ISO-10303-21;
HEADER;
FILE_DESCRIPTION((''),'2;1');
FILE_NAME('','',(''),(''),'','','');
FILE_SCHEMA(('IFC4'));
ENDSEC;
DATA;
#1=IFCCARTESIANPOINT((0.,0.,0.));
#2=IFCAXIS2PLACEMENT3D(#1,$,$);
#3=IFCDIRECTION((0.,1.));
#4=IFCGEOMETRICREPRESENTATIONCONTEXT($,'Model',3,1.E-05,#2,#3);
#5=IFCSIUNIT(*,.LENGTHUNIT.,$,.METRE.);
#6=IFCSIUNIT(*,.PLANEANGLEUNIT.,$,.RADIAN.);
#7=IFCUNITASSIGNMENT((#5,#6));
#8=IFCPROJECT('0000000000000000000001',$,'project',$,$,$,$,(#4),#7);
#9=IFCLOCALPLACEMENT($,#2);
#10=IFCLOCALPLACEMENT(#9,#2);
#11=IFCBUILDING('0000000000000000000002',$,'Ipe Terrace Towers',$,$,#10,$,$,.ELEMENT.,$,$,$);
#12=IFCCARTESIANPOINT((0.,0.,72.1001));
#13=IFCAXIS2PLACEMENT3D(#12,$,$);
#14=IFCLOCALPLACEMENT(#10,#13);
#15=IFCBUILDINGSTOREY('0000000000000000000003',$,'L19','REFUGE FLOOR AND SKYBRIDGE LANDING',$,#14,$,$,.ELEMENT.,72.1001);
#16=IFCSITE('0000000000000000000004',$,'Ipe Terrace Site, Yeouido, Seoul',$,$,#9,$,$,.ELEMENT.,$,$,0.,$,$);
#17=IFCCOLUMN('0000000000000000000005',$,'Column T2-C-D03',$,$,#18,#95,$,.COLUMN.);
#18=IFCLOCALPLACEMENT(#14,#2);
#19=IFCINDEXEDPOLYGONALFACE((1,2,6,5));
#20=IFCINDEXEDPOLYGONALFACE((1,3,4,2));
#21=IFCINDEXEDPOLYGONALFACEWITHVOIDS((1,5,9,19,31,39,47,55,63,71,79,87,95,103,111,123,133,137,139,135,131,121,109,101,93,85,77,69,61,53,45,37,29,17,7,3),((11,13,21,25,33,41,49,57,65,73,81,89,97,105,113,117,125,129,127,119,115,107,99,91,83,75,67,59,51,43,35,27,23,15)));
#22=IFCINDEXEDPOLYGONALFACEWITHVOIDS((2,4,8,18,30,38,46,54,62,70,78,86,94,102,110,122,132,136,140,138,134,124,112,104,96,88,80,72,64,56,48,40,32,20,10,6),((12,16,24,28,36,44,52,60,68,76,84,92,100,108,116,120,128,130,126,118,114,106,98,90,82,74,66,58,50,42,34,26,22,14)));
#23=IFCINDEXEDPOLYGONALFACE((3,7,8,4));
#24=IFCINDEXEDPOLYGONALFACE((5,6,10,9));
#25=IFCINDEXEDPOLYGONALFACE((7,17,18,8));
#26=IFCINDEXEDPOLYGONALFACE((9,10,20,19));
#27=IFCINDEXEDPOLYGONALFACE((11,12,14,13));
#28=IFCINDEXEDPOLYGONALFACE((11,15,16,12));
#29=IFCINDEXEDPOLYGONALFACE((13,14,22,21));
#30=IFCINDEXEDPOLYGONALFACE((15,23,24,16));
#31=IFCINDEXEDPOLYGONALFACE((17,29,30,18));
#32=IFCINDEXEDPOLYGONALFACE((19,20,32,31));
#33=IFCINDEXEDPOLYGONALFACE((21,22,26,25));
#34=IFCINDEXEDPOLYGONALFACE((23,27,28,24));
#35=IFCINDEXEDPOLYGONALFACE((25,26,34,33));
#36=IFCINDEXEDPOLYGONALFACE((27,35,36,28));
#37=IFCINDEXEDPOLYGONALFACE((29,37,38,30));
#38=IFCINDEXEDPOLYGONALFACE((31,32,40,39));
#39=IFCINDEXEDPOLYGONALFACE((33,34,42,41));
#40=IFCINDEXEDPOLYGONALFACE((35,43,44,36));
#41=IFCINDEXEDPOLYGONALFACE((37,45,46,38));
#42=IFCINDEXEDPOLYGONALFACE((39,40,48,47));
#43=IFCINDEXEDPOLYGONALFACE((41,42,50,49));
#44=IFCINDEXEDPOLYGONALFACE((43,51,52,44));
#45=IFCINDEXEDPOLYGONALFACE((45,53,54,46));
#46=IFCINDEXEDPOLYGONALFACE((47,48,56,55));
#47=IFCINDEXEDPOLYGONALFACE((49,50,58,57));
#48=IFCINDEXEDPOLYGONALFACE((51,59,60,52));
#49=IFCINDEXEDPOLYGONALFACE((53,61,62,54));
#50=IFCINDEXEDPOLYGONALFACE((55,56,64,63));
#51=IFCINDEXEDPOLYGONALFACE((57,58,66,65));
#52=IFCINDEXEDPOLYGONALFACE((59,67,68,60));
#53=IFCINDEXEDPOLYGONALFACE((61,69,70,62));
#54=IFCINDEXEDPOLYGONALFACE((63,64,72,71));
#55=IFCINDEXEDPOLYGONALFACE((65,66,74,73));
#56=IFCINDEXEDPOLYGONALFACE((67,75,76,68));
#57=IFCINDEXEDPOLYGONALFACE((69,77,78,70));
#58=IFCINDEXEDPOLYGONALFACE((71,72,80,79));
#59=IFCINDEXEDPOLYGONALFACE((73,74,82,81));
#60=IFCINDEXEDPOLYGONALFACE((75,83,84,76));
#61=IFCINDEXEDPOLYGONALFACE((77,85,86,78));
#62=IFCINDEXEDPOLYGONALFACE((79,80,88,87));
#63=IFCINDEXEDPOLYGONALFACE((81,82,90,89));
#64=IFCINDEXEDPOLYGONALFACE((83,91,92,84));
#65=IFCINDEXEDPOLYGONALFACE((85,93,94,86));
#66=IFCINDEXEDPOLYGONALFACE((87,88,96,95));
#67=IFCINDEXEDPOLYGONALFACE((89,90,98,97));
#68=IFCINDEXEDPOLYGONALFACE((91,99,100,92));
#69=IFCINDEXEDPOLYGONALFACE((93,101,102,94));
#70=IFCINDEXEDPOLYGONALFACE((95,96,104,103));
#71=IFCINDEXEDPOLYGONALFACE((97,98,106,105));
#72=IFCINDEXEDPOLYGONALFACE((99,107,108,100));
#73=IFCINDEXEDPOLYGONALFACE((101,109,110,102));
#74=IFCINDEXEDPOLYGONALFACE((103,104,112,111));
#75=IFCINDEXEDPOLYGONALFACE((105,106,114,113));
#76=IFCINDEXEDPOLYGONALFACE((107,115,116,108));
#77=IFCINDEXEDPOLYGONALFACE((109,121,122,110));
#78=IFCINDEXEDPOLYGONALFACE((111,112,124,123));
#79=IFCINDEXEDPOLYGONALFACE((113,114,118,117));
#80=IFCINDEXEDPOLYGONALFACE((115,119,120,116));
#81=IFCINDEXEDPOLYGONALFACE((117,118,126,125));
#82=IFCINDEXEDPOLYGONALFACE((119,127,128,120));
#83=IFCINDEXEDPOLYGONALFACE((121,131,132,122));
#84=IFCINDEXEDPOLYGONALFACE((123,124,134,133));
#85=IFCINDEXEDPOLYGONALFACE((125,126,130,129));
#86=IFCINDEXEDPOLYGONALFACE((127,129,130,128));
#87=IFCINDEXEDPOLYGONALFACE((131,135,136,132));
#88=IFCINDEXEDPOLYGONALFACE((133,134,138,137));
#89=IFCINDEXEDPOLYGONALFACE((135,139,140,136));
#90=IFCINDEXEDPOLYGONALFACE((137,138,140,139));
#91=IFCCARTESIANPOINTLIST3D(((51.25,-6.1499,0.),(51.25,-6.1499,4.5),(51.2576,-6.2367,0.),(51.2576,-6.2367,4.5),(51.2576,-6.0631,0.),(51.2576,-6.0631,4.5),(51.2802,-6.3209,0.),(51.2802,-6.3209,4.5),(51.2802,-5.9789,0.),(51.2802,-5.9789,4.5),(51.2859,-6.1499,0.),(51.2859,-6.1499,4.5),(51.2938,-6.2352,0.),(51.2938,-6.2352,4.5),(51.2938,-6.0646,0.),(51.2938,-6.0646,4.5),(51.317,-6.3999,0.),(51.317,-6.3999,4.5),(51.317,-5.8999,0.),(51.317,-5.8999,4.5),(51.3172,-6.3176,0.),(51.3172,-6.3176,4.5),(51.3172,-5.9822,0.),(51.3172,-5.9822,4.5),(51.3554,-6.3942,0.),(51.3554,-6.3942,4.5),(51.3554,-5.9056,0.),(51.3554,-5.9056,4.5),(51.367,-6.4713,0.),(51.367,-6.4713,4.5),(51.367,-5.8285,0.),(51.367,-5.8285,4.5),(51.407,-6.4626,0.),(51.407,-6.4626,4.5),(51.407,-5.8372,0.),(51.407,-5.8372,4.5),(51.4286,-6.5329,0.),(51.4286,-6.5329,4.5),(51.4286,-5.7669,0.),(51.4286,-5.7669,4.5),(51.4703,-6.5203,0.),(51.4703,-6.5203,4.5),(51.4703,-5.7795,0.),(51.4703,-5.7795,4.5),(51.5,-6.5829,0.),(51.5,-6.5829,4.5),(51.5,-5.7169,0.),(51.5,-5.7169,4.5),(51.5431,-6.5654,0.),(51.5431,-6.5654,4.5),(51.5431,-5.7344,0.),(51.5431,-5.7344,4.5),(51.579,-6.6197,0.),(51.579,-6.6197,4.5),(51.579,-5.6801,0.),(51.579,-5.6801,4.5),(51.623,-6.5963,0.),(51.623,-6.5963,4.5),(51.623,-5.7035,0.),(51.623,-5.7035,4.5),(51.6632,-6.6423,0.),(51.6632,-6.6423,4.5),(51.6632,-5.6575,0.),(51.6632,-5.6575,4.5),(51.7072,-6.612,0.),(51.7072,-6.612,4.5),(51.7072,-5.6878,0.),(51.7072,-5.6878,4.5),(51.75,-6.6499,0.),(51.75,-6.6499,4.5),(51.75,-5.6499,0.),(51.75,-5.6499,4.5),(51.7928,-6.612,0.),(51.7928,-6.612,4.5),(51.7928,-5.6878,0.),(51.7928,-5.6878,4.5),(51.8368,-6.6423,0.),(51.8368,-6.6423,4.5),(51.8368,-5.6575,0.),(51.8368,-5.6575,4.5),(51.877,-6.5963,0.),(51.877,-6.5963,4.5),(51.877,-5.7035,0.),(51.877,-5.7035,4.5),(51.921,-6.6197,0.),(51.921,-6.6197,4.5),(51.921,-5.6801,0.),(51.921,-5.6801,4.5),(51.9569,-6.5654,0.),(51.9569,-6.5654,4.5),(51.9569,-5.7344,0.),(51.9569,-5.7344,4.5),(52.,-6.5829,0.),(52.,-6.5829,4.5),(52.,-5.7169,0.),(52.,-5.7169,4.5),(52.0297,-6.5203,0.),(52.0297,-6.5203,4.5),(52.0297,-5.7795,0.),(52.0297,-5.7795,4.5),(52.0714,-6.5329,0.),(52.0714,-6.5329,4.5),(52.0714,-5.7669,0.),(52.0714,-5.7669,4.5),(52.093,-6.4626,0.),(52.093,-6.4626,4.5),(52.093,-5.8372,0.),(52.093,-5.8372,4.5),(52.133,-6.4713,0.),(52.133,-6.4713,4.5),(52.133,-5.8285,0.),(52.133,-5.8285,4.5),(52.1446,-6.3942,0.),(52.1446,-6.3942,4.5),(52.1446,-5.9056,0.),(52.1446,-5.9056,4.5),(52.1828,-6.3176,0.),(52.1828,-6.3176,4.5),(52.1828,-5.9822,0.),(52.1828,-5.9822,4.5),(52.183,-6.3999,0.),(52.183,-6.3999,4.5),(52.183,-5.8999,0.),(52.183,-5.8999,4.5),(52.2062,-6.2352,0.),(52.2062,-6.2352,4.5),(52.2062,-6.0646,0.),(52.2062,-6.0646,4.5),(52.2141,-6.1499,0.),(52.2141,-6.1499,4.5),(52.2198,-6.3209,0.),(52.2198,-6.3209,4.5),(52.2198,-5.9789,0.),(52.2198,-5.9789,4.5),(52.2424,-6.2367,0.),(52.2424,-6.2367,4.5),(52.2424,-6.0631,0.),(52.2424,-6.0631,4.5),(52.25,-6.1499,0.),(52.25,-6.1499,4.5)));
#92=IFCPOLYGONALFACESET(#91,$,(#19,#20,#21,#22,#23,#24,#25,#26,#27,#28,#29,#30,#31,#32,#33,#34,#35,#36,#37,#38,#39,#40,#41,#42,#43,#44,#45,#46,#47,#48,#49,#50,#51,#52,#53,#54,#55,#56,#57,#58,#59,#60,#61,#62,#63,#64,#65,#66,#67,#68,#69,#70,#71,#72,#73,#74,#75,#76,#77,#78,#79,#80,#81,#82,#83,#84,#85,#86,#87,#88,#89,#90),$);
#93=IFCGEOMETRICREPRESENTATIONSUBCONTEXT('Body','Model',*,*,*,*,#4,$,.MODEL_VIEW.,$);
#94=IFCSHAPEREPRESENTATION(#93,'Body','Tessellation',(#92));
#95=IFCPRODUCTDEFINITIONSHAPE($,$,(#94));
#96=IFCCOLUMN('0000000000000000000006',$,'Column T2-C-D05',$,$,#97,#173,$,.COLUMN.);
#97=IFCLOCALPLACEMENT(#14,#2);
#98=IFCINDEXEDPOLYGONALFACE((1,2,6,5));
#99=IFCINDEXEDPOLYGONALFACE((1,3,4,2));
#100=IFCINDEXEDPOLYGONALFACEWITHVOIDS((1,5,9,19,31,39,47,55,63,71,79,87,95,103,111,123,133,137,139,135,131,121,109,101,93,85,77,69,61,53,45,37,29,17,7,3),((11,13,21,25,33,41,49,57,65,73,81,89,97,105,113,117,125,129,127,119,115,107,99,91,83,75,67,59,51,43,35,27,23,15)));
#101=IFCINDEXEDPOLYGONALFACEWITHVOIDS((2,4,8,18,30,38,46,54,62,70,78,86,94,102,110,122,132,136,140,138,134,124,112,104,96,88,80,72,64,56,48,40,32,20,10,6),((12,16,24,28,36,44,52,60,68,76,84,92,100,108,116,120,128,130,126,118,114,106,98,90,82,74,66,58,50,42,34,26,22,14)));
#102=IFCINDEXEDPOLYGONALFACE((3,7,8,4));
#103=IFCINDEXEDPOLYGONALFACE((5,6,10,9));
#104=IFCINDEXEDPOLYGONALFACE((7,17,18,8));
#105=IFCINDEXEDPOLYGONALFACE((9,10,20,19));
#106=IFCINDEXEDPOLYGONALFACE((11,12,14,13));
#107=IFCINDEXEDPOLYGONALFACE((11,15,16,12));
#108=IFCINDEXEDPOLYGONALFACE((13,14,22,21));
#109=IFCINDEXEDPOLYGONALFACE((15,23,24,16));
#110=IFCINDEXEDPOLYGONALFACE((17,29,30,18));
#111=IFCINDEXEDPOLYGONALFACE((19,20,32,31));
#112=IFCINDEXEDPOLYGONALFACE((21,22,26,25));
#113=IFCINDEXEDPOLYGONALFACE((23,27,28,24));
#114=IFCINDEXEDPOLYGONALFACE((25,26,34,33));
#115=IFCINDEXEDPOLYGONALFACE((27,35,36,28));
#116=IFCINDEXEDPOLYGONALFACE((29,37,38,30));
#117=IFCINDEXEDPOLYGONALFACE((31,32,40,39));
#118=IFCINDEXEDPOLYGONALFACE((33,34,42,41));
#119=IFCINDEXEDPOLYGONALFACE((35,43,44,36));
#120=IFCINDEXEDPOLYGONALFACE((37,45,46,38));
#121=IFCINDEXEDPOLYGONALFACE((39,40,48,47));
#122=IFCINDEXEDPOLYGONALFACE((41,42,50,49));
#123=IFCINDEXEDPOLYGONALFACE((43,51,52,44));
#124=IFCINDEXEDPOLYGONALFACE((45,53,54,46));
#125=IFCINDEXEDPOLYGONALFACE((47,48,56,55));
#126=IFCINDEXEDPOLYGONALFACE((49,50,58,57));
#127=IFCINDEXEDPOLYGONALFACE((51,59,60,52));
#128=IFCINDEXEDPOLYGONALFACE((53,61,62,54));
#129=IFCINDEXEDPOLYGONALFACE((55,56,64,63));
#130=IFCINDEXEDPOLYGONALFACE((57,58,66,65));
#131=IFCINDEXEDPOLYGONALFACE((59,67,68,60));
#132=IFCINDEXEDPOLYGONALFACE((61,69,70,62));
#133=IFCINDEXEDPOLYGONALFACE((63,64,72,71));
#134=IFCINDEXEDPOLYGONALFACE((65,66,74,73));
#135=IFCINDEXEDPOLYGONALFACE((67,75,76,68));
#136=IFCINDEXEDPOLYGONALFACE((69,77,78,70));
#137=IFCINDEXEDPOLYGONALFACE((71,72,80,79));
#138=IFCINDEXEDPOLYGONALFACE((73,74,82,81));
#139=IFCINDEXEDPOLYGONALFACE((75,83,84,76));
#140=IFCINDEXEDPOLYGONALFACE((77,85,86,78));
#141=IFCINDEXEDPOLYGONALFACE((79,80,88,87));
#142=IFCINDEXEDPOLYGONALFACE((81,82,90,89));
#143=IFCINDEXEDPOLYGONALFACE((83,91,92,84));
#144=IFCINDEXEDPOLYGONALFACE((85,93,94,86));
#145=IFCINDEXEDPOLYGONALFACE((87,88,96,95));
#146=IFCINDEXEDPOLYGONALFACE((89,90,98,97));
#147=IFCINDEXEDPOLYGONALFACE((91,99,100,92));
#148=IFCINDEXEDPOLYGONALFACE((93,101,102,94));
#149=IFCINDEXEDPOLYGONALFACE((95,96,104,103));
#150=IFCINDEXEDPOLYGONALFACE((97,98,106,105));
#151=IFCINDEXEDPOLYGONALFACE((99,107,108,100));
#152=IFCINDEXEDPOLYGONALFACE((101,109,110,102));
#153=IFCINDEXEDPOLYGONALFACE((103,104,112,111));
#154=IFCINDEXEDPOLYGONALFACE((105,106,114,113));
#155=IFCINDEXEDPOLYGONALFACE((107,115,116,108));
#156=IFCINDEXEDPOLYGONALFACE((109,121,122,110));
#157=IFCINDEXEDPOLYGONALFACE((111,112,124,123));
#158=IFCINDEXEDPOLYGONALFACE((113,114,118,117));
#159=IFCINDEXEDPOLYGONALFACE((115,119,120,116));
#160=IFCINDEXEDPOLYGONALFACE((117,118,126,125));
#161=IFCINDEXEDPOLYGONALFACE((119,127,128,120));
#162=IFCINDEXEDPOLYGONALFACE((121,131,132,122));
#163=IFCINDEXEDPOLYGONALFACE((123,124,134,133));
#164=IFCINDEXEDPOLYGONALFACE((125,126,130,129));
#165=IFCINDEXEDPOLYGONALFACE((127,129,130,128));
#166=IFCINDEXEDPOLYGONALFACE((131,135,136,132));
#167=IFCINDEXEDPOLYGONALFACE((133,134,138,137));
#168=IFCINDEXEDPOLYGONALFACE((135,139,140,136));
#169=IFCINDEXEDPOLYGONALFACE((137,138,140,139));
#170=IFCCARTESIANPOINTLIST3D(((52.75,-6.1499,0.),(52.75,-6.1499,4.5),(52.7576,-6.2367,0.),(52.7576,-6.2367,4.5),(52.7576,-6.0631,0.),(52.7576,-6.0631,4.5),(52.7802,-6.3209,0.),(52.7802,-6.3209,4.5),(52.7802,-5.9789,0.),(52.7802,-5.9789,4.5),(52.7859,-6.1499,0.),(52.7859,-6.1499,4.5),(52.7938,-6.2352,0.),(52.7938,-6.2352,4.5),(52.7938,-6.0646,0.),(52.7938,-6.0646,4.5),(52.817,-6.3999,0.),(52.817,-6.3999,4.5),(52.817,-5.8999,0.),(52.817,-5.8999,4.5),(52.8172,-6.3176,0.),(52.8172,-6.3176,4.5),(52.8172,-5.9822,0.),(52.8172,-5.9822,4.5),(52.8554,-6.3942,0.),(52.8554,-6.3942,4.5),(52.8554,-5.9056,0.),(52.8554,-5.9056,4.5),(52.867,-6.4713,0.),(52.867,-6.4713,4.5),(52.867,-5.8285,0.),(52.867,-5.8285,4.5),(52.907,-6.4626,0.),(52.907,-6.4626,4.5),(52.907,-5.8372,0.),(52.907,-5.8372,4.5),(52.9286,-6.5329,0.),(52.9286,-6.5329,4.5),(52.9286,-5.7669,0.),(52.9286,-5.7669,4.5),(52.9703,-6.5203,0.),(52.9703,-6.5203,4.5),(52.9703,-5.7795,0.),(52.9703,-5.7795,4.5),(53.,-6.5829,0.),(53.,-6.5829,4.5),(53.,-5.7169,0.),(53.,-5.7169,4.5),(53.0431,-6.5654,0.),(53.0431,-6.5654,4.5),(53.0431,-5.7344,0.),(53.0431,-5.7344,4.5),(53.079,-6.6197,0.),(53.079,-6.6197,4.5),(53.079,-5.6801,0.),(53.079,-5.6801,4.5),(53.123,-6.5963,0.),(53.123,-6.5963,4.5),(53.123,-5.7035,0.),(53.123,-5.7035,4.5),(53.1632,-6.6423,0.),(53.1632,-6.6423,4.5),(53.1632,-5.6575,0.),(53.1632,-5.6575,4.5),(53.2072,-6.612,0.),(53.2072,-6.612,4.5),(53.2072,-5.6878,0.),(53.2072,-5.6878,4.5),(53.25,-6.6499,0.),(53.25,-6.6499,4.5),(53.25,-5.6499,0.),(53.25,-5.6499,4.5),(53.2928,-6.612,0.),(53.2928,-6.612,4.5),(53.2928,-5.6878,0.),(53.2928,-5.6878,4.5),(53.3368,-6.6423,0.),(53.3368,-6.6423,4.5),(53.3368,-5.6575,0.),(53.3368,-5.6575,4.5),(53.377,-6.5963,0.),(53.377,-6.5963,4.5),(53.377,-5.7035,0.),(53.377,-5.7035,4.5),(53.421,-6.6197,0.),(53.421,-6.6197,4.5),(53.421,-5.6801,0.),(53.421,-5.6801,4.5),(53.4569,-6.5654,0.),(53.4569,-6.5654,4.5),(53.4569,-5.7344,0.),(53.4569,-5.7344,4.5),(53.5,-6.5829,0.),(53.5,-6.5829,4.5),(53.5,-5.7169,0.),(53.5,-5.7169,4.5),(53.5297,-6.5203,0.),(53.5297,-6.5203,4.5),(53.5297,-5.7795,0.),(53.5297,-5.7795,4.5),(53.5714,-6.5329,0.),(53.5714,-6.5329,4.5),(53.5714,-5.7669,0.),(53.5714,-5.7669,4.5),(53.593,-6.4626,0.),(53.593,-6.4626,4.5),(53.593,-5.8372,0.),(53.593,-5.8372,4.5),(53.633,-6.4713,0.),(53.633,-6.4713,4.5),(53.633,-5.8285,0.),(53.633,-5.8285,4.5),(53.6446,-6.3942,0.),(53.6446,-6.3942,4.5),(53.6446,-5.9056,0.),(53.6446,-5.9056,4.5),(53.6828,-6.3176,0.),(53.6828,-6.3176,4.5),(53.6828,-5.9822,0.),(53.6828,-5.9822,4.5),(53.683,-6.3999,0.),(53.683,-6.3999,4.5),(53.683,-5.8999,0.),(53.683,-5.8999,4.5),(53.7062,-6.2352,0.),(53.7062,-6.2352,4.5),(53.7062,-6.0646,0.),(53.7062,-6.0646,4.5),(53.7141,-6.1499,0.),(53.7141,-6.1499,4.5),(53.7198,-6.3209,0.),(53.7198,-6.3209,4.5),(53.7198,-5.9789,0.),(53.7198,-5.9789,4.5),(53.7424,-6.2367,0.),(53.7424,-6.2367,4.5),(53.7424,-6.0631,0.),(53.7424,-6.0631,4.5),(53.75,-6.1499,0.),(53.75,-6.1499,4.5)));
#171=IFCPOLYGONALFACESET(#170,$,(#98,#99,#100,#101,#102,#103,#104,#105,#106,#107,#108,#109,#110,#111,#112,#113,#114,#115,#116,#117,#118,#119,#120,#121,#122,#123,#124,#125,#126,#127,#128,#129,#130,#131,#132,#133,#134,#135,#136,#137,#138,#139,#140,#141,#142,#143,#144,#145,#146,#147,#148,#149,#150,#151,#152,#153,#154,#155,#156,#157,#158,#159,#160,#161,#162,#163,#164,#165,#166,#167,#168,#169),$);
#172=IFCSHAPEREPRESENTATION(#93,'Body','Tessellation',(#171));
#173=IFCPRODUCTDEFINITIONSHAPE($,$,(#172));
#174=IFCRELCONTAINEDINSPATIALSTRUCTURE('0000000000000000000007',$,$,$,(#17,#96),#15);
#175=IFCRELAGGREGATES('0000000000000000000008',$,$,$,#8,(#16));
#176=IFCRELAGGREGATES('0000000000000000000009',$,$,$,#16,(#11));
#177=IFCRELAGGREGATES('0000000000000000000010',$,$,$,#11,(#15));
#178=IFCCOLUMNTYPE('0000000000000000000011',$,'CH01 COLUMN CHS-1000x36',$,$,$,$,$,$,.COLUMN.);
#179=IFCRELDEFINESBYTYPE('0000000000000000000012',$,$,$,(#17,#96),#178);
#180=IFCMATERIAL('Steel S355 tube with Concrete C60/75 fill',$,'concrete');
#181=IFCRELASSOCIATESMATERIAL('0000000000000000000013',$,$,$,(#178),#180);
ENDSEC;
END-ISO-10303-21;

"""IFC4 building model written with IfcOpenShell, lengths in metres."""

from ifc_helpers import new_model, si_unit, direction, frame, origin, origin_2d, place, context, subcontext, project, spatial, hollow_circle, extrude, material, material_profile, profile_set, type_object, element, save


model = new_model("IFC4")

# Units and contexts
model_context = context("Model", 3, precision=1e-05, world=origin(), true_north=direction((0.0, 1.0)))
body_context = subcontext(model_context, "Body", "Model", "MODEL_VIEW")
ifc_project = project(units=[si_unit("LENGTHUNIT", "METRE"), si_unit("PLANEANGLEUNIT", "RADIAN")], contexts=[model_context])

# Site, building, storey
site_placement = place(None, origin())
site = spatial("IfcSite", under=ifc_project, at=site_placement, Name="Ipe Terrace Site, Yeouido, Seoul", CompositionType="ELEMENT", RefElevation=0.0)
building_placement = place(site_placement, origin())
building = spatial("IfcBuilding", under=site, at=building_placement, Name="Ipe Terrace Towers", CompositionType="ELEMENT")
storey_placement = place(building_placement, frame((0.0, 0.0, 72.1001)))
storey = spatial("IfcBuildingStorey", under=building, at=storey_placement, Name="L19", Description="REFUGE FLOOR AND SKYBRIDGE LANDING", CompositionType="ELEMENT", Elevation=72.1001)

# Columns
ifc_material_1 = material(Name="Steel S355 tube with Concrete C60/75 fill", Category="concrete")
ifc_material_profile_1 = material_profile(ifc_material_1, hollow_circle(Radius=0.5, WallThickness=0.0359, at=origin_2d()), Name="CHS-1000x36")
ifc_profile_set_1 = profile_set([ifc_material_profile_1], Name="Steel S355 tube with Concrete C60/75 fill")
column_type_1 = type_object("IfcColumnType", Name="CH01 COLUMN CHS-1000x36", PredefinedType="COLUMN", material=ifc_profile_set_1)
for number, where, z_axis, x_axis, name in (
    (1, (51.75, -6.1499, 0.0), (0.0, 0.0, 1.0), (1.0, 0.0, 0.0), "Column T2-C-D03"),
    (2, (53.25, -6.1499, 0.0), (0.0, 0.0, 1.0), (1.0, 0.0, 0.0), "Column T2-C-D05"),
):
    element("IfcColumn", number, at=place(storey_placement, frame(where, z_axis=z_axis, x_axis=x_axis)), inside=storey, type_object=column_type_1, Name=name, PredefinedType="COLUMN", context=body_context, shape_type="SweptSolid", body=[
        extrude(hollow_circle(Radius=0.5, WallThickness=0.0359, at=origin_2d()), origin(), (0.0, 0.0, 1.0), 4.5),
    ])

save(model, "model.ifc")
